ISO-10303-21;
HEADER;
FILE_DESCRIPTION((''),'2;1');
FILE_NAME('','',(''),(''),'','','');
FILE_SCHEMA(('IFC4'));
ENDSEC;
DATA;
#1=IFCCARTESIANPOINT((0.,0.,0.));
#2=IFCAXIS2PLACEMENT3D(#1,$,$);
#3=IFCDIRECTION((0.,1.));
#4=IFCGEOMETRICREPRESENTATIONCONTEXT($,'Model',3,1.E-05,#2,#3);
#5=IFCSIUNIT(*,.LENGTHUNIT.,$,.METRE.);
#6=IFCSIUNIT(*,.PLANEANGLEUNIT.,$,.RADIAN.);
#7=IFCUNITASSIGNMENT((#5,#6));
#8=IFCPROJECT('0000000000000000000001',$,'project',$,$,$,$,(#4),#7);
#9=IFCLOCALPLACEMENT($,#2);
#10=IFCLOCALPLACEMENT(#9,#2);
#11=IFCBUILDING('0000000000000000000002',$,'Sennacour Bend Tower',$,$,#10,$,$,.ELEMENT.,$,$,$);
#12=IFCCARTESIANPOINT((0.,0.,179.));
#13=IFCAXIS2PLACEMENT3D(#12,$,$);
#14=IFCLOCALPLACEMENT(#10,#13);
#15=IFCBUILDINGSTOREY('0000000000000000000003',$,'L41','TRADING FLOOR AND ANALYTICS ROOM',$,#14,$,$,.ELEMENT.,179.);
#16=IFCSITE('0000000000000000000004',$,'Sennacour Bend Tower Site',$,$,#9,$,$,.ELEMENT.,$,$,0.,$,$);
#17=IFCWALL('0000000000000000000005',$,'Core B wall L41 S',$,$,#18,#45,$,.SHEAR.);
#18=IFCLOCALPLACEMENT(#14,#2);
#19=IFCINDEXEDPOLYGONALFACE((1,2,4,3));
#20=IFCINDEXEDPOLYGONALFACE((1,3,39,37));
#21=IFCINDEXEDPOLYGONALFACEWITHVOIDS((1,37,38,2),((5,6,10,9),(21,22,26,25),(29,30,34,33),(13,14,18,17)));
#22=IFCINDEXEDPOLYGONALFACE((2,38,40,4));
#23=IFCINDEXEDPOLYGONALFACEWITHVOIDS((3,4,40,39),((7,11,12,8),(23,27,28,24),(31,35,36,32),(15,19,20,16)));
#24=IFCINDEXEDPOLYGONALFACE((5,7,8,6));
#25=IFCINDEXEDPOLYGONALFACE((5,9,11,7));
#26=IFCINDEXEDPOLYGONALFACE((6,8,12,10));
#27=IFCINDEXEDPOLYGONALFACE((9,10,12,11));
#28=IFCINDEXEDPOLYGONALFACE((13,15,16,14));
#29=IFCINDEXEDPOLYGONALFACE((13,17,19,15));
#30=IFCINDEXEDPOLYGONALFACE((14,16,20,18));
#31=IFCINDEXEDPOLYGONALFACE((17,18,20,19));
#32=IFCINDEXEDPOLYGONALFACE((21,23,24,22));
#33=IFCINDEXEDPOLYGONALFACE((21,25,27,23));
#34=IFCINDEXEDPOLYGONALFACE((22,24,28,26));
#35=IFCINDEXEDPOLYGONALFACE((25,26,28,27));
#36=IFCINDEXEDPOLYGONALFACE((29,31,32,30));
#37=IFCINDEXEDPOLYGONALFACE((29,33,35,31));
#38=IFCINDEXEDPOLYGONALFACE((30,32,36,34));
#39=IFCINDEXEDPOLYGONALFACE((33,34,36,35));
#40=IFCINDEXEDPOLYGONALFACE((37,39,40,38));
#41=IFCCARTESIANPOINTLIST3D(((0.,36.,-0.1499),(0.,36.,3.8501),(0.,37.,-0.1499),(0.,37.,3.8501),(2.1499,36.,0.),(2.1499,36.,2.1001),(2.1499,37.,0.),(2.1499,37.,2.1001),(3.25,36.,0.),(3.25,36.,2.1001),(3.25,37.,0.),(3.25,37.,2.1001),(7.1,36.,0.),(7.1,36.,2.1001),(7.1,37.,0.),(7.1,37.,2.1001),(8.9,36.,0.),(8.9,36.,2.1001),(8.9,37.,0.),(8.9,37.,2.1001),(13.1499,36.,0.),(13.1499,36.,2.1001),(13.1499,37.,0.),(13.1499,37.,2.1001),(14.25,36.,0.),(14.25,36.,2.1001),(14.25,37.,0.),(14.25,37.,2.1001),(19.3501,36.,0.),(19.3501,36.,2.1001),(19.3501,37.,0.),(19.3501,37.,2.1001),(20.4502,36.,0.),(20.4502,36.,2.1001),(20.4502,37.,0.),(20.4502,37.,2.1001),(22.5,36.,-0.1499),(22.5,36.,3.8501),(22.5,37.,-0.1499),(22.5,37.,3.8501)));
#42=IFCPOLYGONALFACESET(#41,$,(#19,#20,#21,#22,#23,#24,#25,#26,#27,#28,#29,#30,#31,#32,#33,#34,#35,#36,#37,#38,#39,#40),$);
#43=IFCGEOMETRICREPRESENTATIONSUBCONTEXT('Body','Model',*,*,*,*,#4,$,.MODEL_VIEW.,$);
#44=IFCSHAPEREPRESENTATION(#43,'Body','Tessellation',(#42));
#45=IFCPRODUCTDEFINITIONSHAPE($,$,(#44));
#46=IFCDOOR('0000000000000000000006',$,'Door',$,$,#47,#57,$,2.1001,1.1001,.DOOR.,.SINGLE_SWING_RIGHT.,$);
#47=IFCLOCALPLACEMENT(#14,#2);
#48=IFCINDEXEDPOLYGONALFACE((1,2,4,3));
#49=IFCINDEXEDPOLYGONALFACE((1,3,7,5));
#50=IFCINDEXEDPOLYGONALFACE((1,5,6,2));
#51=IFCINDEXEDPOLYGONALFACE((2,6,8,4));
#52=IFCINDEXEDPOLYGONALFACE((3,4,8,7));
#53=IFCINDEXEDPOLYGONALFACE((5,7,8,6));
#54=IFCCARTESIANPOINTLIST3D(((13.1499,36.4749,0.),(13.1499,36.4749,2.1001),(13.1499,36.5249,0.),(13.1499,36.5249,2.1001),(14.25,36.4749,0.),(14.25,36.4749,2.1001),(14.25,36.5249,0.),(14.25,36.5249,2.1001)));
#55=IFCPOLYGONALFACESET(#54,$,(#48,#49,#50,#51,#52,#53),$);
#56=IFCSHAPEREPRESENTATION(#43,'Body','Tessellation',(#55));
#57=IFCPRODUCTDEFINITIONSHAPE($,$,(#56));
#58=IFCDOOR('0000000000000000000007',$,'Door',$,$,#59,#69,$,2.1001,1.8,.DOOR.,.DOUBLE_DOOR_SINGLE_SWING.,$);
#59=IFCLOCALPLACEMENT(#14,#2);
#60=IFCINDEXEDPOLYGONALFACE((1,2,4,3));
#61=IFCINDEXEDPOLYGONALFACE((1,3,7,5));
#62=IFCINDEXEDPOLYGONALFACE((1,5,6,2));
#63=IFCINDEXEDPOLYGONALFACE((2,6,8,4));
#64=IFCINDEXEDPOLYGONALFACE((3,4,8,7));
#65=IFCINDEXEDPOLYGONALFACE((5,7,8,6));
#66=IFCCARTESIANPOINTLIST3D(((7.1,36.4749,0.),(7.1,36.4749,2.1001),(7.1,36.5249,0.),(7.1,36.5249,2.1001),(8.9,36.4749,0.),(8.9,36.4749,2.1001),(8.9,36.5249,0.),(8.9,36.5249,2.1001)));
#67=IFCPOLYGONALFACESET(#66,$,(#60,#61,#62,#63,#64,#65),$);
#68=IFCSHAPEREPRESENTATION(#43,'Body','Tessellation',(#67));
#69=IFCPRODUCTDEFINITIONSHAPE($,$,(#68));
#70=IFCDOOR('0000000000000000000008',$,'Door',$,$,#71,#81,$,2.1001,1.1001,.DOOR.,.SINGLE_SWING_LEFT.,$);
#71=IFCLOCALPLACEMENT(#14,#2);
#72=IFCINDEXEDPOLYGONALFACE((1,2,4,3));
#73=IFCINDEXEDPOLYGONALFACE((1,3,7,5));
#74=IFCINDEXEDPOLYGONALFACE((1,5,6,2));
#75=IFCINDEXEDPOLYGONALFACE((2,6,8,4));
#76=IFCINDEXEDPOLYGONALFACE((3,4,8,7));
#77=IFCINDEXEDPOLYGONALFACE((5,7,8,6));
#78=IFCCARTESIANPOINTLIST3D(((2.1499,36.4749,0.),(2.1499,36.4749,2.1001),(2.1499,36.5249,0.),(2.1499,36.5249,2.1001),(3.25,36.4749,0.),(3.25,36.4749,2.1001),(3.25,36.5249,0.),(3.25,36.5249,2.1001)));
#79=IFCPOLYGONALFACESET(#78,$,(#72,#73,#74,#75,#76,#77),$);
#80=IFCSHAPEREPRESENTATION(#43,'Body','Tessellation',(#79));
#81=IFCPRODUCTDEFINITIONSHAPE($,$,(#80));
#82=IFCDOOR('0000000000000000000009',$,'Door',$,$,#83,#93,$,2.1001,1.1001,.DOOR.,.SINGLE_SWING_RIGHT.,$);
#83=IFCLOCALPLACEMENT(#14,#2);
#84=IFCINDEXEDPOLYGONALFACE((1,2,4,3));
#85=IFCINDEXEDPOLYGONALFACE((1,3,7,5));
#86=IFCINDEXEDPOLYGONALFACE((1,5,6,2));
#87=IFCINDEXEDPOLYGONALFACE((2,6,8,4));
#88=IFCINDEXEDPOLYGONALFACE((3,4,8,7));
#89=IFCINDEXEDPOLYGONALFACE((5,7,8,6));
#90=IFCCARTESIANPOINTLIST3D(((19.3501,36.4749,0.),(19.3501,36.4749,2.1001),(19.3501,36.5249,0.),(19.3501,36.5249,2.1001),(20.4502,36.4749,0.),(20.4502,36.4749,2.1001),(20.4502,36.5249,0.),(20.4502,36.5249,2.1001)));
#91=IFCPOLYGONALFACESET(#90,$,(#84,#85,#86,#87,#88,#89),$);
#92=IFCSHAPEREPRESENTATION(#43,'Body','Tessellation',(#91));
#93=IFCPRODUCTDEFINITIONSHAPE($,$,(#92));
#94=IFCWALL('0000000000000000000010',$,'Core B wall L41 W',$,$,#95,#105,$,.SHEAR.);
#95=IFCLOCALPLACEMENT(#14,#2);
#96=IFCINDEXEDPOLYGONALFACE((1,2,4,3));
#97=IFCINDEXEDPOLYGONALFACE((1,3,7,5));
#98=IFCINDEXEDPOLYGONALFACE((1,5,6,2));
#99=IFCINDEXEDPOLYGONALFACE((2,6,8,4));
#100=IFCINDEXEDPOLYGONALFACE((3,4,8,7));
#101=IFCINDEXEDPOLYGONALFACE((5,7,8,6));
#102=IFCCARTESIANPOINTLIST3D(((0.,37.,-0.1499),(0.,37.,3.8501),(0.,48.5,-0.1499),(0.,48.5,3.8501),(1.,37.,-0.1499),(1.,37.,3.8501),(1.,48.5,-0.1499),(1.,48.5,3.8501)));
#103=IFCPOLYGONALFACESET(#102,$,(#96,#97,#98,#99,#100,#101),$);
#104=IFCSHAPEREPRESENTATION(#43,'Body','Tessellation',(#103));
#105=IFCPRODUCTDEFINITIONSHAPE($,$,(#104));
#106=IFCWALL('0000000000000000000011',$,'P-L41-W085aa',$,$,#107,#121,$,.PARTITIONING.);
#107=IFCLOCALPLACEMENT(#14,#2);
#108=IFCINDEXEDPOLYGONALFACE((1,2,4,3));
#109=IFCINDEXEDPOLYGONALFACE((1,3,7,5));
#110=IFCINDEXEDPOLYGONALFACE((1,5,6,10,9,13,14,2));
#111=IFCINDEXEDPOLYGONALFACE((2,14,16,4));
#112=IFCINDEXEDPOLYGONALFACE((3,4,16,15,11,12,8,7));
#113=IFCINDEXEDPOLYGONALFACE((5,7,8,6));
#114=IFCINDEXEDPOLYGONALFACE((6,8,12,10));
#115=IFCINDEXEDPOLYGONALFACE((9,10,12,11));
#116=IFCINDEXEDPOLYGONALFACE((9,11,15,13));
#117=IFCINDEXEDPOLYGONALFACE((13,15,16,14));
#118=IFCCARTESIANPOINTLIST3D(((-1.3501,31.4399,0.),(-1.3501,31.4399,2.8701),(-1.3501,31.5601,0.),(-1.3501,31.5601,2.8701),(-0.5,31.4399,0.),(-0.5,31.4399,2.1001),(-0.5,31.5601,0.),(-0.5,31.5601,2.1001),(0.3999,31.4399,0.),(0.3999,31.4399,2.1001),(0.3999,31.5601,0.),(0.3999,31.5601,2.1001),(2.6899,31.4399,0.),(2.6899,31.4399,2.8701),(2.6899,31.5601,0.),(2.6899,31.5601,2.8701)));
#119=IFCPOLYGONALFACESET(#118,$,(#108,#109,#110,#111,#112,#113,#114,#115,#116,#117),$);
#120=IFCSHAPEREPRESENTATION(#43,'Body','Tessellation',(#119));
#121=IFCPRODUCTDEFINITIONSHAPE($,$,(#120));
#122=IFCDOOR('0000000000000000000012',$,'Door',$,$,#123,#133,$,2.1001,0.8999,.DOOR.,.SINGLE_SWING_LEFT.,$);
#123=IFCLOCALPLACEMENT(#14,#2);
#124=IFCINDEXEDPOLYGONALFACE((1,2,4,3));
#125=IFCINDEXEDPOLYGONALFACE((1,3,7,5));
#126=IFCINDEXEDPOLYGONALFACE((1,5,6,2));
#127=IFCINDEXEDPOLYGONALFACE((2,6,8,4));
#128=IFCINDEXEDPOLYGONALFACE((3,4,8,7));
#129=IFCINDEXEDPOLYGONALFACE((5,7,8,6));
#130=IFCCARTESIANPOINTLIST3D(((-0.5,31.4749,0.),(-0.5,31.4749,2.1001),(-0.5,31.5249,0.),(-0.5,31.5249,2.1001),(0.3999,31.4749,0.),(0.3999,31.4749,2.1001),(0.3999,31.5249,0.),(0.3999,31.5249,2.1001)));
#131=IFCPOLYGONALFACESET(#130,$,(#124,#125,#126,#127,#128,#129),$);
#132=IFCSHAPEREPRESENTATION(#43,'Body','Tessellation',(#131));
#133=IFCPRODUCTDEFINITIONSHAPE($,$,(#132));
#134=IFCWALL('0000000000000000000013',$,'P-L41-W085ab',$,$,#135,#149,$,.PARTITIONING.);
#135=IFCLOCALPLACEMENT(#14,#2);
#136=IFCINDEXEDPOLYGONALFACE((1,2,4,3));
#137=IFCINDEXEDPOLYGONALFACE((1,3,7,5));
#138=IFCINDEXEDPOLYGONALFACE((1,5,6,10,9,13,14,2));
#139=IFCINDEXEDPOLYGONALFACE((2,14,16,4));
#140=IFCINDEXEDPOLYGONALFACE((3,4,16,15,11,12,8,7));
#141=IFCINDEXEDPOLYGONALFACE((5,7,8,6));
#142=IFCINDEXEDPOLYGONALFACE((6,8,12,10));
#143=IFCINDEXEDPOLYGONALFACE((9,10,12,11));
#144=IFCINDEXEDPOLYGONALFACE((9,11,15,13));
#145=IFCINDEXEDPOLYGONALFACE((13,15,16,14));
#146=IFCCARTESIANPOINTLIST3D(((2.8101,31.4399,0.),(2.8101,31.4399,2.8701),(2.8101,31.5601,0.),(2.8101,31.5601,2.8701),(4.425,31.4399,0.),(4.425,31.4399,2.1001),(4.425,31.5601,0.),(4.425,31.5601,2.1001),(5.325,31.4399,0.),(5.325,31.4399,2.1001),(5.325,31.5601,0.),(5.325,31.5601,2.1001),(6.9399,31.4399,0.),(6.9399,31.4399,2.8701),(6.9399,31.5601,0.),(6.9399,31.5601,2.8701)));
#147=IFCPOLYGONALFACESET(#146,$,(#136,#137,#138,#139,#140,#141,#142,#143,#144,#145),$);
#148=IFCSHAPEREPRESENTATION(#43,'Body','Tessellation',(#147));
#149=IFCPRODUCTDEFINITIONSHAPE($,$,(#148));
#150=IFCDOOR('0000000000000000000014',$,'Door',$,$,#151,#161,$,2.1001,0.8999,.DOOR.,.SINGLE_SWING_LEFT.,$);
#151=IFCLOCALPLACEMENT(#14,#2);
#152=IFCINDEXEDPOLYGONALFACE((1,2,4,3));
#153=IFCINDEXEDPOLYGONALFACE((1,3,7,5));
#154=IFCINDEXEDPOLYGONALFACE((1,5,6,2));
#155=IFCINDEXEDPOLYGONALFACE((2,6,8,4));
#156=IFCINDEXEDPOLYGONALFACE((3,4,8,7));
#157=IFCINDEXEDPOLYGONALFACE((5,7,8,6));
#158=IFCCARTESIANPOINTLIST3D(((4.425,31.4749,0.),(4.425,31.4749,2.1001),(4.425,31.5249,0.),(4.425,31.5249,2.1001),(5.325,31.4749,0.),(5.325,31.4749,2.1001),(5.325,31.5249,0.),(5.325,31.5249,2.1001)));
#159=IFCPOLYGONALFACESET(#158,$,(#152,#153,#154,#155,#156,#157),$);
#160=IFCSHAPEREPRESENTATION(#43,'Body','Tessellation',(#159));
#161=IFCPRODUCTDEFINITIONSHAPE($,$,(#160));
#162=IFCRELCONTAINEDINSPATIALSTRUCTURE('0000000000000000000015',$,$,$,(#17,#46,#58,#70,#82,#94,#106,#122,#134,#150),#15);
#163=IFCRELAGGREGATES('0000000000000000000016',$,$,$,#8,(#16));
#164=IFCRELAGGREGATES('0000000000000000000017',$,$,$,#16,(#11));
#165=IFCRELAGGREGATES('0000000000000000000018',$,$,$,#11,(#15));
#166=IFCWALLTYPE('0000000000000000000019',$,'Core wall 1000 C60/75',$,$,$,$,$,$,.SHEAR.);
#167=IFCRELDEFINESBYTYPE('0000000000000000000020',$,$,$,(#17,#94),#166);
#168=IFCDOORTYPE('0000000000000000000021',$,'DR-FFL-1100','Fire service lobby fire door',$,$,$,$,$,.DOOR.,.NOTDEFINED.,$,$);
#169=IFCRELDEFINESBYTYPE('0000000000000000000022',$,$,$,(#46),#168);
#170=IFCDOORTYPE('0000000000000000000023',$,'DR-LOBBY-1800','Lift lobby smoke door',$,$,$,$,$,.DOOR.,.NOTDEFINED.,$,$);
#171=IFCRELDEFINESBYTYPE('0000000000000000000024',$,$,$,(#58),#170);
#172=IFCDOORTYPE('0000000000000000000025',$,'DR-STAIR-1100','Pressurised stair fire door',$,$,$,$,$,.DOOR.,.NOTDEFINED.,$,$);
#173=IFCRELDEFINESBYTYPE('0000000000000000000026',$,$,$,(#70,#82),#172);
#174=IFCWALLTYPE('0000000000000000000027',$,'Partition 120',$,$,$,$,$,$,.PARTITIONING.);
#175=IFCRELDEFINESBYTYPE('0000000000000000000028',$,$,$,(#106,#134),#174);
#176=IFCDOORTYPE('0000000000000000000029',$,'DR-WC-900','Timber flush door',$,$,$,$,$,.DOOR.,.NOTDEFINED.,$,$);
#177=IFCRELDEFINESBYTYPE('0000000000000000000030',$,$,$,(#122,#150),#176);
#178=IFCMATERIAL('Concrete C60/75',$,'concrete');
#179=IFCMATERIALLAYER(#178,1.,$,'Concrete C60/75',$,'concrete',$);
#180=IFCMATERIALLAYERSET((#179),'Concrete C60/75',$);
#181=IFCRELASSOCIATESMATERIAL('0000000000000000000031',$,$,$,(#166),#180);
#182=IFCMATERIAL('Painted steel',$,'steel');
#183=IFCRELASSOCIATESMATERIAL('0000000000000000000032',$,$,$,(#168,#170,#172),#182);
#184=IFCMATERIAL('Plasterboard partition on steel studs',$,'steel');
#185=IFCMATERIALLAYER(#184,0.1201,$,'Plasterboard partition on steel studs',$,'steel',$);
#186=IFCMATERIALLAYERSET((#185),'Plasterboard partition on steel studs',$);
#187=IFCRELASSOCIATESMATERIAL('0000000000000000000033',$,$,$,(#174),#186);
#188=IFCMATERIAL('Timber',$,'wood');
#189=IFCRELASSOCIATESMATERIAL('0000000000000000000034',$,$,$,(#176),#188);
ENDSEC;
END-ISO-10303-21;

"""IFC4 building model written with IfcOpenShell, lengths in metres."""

from ifc_helpers import new_model, si_unit, direction, frame, frame_2d, origin, place, context, subcontext, project, spatial, rectangle, extrude, material, layer, layer_set, type_object, element, fill, save


model = new_model("IFC4")

# Units and contexts
model_context = context("Model", 3, precision=1e-05, world=origin(), true_north=direction((0.0, 1.0)))
body_context = subcontext(model_context, "Body", "Model", "MODEL_VIEW")
ifc_project = project(units=[si_unit("LENGTHUNIT", "METRE"), si_unit("PLANEANGLEUNIT", "RADIAN")], contexts=[model_context])

# Site, building, storey
site_placement = place(None, origin())
site = spatial("IfcSite", under=ifc_project, at=site_placement, Name="Sennacour Bend Tower Site", CompositionType="ELEMENT", RefElevation=0.0)
building_placement = place(site_placement, origin())
building = spatial("IfcBuilding", under=site, at=building_placement, Name="Sennacour Bend Tower", CompositionType="ELEMENT")
storey_placement = place(building_placement, frame((0.0, 0.0, 179.0)))
storey = spatial("IfcBuildingStorey", under=building, at=storey_placement, Name="L41", Description="TRADING FLOOR AND ANALYTICS ROOM", CompositionType="ELEMENT", Elevation=179.0)

# Wall, openings, doors
ifc_material_1 = material(Name="Concrete C60/75", Category="concrete")
ifc_layer_1 = layer(ifc_material_1, 1.0, Name="Concrete C60/75", Category="concrete")
ifc_layer_set_1 = layer_set([ifc_layer_1], Name="Concrete C60/75")
wall_type_1 = type_object("IfcWallType", Name="Core wall 1000 C60/75", PredefinedType="SHEAR", material=ifc_layer_set_1)
wall_1_placement = place(storey_placement, frame((0.0, 36.5, -0.1499), z_axis=(0.0, 0.0, 1.0), x_axis=(1.0, 0.0, 0.0)))
wall_1 = element("IfcWall", 1, at=wall_1_placement, inside=storey, type_object=wall_type_1, Name="Core B wall L41 S", PredefinedType="SHEAR", context=body_context, shape_type="SweptSolid", body=[
    extrude(rectangle(XDim=22.5, YDim=1.0, at=frame_2d((11.25, 0.0))), origin(), (0.0, 0.0, 1.0), 4.0),
])
opening_1_placement = place(wall_1_placement, frame((7.1001, 0.0, 0.1499)))
opening_1 = element("IfcOpeningElement", 2, at=opening_1_placement, cuts=wall_1, PredefinedType="OPENING", context=body_context, shape_type="SweptSolid", body=[
    extrude(rectangle(XDim=1.8, YDim=2.1001, at=frame_2d((0.8999, 1.05))), frame((0.0, 0.51, 0.0), z_axis=(0.0, -1.0, 0.0), x_axis=(1.0, 0.0, 0.0)), (0.0, 0.0, 1.0), 1.02),
])
opening_2_placement = place(wall_1_placement, frame((13.1499, 0.0, 0.1499)))
opening_2 = element("IfcOpeningElement", 3, at=opening_2_placement, cuts=wall_1, PredefinedType="OPENING", context=body_context, shape_type="SweptSolid", body=[
    extrude(rectangle(XDim=1.1001, YDim=2.1001, at=frame_2d((0.55, 1.05))), frame((0.0, 0.51, 0.0), z_axis=(0.0, -1.0, 0.0), x_axis=(1.0, 0.0, 0.0)), (0.0, 0.0, 1.0), 1.02),
])
opening_3_placement = place(wall_1_placement, frame((2.1499, 0.0, 0.1499)))
opening_3 = element("IfcOpeningElement", 4, at=opening_3_placement, cuts=wall_1, PredefinedType="OPENING", context=body_context, shape_type="SweptSolid", body=[
    extrude(rectangle(XDim=1.1001, YDim=2.1001, at=frame_2d((0.55, 1.05))), frame((0.0, 0.51, 0.0), z_axis=(0.0, -1.0, 0.0), x_axis=(1.0, 0.0, 0.0)), (0.0, 0.0, 1.0), 1.02),
])
opening_4_placement = place(wall_1_placement, frame((19.3501, 0.0, 0.1499)))
opening_4 = element("IfcOpeningElement", 5, at=opening_4_placement, cuts=wall_1, PredefinedType="OPENING", context=body_context, shape_type="SweptSolid", body=[
    extrude(rectangle(XDim=1.1001, YDim=2.1001, at=frame_2d((0.55, 1.05))), frame((0.0, 0.51, 0.0), z_axis=(0.0, -1.0, 0.0), x_axis=(1.0, 0.0, 0.0)), (0.0, 0.0, 1.0), 1.02),
])
ifc_material_2 = material(Name="Painted steel", Category="steel")
door_type_1 = type_object("IfcDoorType", Name="DR-FFL-1100", Description="Fire service lobby fire door", OperationType="NOTDEFINED", PredefinedType="DOOR", material=ifc_material_2)
door_1_placement = place(opening_2_placement, origin())
door_1 = element("IfcDoor", 6, at=door_1_placement, inside=storey, type_object=door_type_1, Name="Door", OperationType="SINGLE_SWING_RIGHT", OverallHeight=2.1001, OverallWidth=1.1001, PredefinedType="DOOR", context=body_context, shape_type="SweptSolid", body=[
    extrude(rectangle(XDim=1.1001, YDim=2.1001, at=frame_2d((0.55, 1.05))), frame((0.0, 0.0249, 0.0), z_axis=(0.0, -1.0, 0.0), x_axis=(1.0, 0.0, 0.0)), (0.0, 0.0, 1.0), 0.05),
])
fill(opening_2, door_1)
door_type_2 = type_object("IfcDoorType", Name="DR-LOBBY-1800", Description="Lift lobby smoke door", OperationType="NOTDEFINED", PredefinedType="DOOR", material=ifc_material_2)
door_2_placement = place(opening_1_placement, origin())
door_2 = element("IfcDoor", 7, at=door_2_placement, inside=storey, type_object=door_type_2, Name="Door", OperationType="DOUBLE_DOOR_SINGLE_SWING", OverallHeight=2.1001, OverallWidth=1.8, PredefinedType="DOOR", context=body_context, shape_type="SweptSolid", body=[
    extrude(rectangle(XDim=1.8, YDim=2.1001, at=frame_2d((0.8999, 1.05))), frame((0.0, 0.0249, 0.0), z_axis=(0.0, -1.0, 0.0), x_axis=(1.0, 0.0, 0.0)), (0.0, 0.0, 1.0), 0.05),
])
fill(opening_1, door_2)
door_type_3 = type_object("IfcDoorType", Name="DR-STAIR-1100", Description="Pressurised stair fire door", OperationType="NOTDEFINED", PredefinedType="DOOR", material=ifc_material_2)
door_3_placement = place(opening_3_placement, origin())
door_3 = element("IfcDoor", 8, at=door_3_placement, inside=storey, type_object=door_type_3, Name="Door", OperationType="SINGLE_SWING_LEFT", OverallHeight=2.1001, OverallWidth=1.1001, PredefinedType="DOOR", context=body_context, shape_type="SweptSolid", body=[
    extrude(rectangle(XDim=1.1001, YDim=2.1001, at=frame_2d((0.55, 1.05))), frame((0.0, 0.0249, 0.0), z_axis=(0.0, -1.0, 0.0), x_axis=(1.0, 0.0, 0.0)), (0.0, 0.0, 1.0), 0.05),
])
fill(opening_3, door_3)
door_4_placement = place(opening_4_placement, origin())
door_4 = element("IfcDoor", 9, at=door_4_placement, inside=storey, type_object=door_type_3, Name="Door", OperationType="SINGLE_SWING_RIGHT", OverallHeight=2.1001, OverallWidth=1.1001, PredefinedType="DOOR", context=body_context, shape_type="SweptSolid", body=[
    extrude(rectangle(XDim=1.1001, YDim=2.1001, at=frame_2d((0.55, 1.05))), frame((0.0, 0.0249, 0.0), z_axis=(0.0, -1.0, 0.0), x_axis=(1.0, 0.0, 0.0)), (0.0, 0.0, 1.0), 0.05),
])
fill(opening_4, door_4)

# Wall
wall_2_placement = place(storey_placement, frame((0.5, 37.0, -0.1499), z_axis=(0.0, 0.0, 1.0), x_axis=(0.0, 1.0, 0.0)))
element("IfcWall", 10, at=wall_2_placement, inside=storey, type_object=wall_type_1, Name="Core B wall L41 W", PredefinedType="SHEAR", context=body_context, shape_type="SweptSolid", body=[
    extrude(rectangle(XDim=11.5, YDim=1.0, at=frame_2d((5.75, 0.0))), origin(), (0.0, 0.0, 1.0), 4.0),
])

# Walls, openings, doors
ifc_material_3 = material(Name="Plasterboard partition on steel studs", Category="steel")
ifc_layer_2 = layer(ifc_material_3, 0.1201, Name="Plasterboard partition on steel studs", Category="steel")
ifc_layer_set_2 = layer_set([ifc_layer_2], Name="Plasterboard partition on steel studs")
wall_type_2 = type_object("IfcWallType", Name="Partition 120", PredefinedType="PARTITIONING", material=ifc_layer_set_2)
wall_3_placement = place(storey_placement, frame((-1.3501, 31.5, 0.0), z_axis=(0.0, 0.0, 1.0), x_axis=(1.0, 0.0, 0.0)))
wall_3 = element("IfcWall", 11, at=wall_3_placement, inside=storey, type_object=wall_type_2, Name="P-L41-W085aa", PredefinedType="PARTITIONING", context=body_context, shape_type="SweptSolid", body=[
    extrude(rectangle(XDim=4.04, YDim=0.1201, at=frame_2d((2.02, 0.0))), origin(), (0.0, 0.0, 1.0), 2.8701),
])
opening_5_placement = place(wall_3_placement, frame((0.8501, 0.0, 0.0)))
opening_5 = element("IfcOpeningElement", 12, at=opening_5_placement, cuts=wall_3, PredefinedType="OPENING", context=body_context, shape_type="SweptSolid", body=[
    extrude(rectangle(XDim=0.8999, YDim=2.1001, at=frame_2d((0.45, 1.05))), frame((0.0, 0.0701, 0.0), z_axis=(0.0, -1.0, 0.0), x_axis=(1.0, 0.0, 0.0)), (0.0, 0.0, 1.0), 0.1401),
])
ifc_material_4 = material(Name="Timber", Category="wood")
door_type_4 = type_object("IfcDoorType", Name="DR-WC-900", Description="Timber flush door", OperationType="NOTDEFINED", PredefinedType="DOOR", material=ifc_material_4)
door_5_placement = place(opening_5_placement, origin())
door_5 = element("IfcDoor", 13, at=door_5_placement, inside=storey, type_object=door_type_4, Name="Door", OperationType="SINGLE_SWING_LEFT", OverallHeight=2.1001, OverallWidth=0.8999, PredefinedType="DOOR", context=body_context, shape_type="SweptSolid", body=[
    extrude(rectangle(XDim=0.8999, YDim=2.1001, at=frame_2d((0.45, 1.05))), frame((0.0, 0.0249, 0.0), z_axis=(0.0, -1.0, 0.0), x_axis=(1.0, 0.0, 0.0)), (0.0, 0.0, 1.0), 0.05),
])
fill(opening_5, door_5)
wall_4_placement = place(storey_placement, frame((2.8101, 31.5, 0.0), z_axis=(0.0, 0.0, 1.0), x_axis=(1.0, 0.0, 0.0)))
wall_4 = element("IfcWall", 14, at=wall_4_placement, inside=storey, type_object=wall_type_2, Name="P-L41-W085ab", PredefinedType="PARTITIONING", context=body_context, shape_type="SweptSolid", body=[
    extrude(rectangle(XDim=4.1299, YDim=0.1201, at=frame_2d((2.0649, 0.0))), origin(), (0.0, 0.0, 1.0), 2.8701),
])
opening_6_placement = place(wall_4_placement, frame((1.615, 0.0, 0.0)))
opening_6 = element("IfcOpeningElement", 15, at=opening_6_placement, cuts=wall_4, PredefinedType="OPENING", context=body_context, shape_type="SweptSolid", body=[
    extrude(rectangle(XDim=0.8999, YDim=2.1001, at=frame_2d((0.45, 1.05))), frame((0.0, 0.0701, 0.0), z_axis=(0.0, -1.0, 0.0), x_axis=(1.0, 0.0, 0.0)), (0.0, 0.0, 1.0), 0.1401),
])
door_6_placement = place(opening_6_placement, origin())
door_6 = element("IfcDoor", 16, at=door_6_placement, inside=storey, type_object=door_type_4, Name="Door", OperationType="SINGLE_SWING_LEFT", OverallHeight=2.1001, OverallWidth=0.8999, PredefinedType="DOOR", context=body_context, shape_type="SweptSolid", body=[
    extrude(rectangle(XDim=0.8999, YDim=2.1001, at=frame_2d((0.45, 1.05))), frame((0.0, 0.0249, 0.0), z_axis=(0.0, -1.0, 0.0), x_axis=(1.0, 0.0, 0.0)), (0.0, 0.0, 1.0), 0.05),
])
fill(opening_6, door_6)

save(model, "model.ifc")
